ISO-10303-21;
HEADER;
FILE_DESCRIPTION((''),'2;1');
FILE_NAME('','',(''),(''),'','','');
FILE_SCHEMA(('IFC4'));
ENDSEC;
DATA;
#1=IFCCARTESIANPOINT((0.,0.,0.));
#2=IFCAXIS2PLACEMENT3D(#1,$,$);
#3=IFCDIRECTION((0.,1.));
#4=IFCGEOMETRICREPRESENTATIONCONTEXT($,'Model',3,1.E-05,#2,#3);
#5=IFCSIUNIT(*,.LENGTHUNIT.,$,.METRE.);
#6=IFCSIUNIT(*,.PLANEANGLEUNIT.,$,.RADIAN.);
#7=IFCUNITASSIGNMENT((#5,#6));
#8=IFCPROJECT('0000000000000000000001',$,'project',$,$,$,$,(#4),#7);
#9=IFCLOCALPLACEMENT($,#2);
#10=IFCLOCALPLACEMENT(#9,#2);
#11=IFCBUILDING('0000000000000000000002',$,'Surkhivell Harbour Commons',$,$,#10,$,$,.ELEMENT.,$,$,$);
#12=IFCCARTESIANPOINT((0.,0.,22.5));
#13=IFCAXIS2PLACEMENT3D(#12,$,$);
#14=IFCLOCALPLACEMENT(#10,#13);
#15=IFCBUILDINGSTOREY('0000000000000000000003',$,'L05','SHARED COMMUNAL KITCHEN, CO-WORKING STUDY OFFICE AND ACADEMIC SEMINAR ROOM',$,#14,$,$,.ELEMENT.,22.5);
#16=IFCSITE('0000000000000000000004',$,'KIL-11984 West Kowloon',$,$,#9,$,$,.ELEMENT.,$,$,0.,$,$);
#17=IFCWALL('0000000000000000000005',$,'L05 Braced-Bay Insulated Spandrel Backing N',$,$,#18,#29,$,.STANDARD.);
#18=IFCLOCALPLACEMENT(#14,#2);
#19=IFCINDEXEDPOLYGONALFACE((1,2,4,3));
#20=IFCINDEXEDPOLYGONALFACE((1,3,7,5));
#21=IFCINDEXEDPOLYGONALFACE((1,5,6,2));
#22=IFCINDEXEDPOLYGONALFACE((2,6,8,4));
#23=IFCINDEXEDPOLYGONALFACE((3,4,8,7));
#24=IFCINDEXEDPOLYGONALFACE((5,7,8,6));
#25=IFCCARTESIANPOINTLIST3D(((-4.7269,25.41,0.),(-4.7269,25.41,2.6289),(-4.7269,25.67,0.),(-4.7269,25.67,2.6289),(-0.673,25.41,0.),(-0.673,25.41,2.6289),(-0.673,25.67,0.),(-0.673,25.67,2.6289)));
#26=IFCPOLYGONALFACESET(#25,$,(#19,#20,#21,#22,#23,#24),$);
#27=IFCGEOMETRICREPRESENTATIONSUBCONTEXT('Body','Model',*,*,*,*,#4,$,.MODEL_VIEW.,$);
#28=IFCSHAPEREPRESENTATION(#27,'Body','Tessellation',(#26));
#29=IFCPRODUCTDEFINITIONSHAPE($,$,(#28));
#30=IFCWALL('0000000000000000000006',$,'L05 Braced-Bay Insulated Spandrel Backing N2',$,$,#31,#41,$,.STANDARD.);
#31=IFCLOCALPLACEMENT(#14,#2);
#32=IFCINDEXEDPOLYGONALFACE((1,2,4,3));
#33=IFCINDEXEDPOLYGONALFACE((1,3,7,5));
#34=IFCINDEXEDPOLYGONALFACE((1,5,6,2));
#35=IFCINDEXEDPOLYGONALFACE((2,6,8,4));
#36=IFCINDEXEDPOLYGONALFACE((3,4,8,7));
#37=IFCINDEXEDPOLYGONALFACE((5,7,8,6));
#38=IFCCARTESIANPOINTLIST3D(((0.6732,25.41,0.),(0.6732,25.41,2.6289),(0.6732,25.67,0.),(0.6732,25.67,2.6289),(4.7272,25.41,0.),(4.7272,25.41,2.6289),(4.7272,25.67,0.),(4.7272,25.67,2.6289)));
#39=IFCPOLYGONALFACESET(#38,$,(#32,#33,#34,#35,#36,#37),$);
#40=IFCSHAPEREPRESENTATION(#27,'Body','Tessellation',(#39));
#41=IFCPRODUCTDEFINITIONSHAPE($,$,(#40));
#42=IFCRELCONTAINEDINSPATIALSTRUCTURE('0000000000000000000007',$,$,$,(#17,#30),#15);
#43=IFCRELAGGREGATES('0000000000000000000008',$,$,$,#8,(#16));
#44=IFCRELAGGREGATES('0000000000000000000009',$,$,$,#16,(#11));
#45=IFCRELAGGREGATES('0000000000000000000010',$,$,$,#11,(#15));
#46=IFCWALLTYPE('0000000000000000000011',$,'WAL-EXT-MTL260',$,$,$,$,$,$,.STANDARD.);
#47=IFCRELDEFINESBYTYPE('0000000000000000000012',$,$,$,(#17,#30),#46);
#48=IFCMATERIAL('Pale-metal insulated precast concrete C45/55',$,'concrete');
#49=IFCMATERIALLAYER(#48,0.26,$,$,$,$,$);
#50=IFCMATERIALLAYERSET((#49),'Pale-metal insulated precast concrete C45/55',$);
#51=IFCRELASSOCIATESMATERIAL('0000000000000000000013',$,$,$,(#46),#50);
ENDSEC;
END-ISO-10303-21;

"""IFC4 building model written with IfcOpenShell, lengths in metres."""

from ifc_helpers import new_model, si_unit, direction, frame, frame_2d, origin, place, context, subcontext, project, spatial, rectangle, extrude, material, layer, layer_set, type_object, element, save


model = new_model("IFC4")

# Units and contexts
model_context = context("Model", 3, precision=1e-05, world=origin(), true_north=direction((0.0, 1.0)))
body_context = subcontext(model_context, "Body", "Model", "MODEL_VIEW")
ifc_project = project(units=[si_unit("LENGTHUNIT", "METRE"), si_unit("PLANEANGLEUNIT", "RADIAN")], contexts=[model_context])

# Site, building, storey
site_placement = place(None, origin())
site = spatial("IfcSite", under=ifc_project, at=site_placement, Name="KIL-11984 West Kowloon", CompositionType="ELEMENT", RefElevation=0.0)
building_placement = place(site_placement, origin())
building = spatial("IfcBuilding", under=site, at=building_placement, Name="Surkhivell Harbour Commons", CompositionType="ELEMENT")
storey_placement = place(building_placement, frame((0.0, 0.0, 22.5)))
storey = spatial("IfcBuildingStorey", under=building, at=storey_placement, Name="L05", Description="SHARED COMMUNAL KITCHEN, CO-WORKING STUDY OFFICE AND ACADEMIC SEMINAR ROOM", CompositionType="ELEMENT", Elevation=22.5)

# Walls
ifc_material_1 = material(Name="Pale-metal insulated precast concrete C45/55", Category="concrete")
ifc_layer_1 = layer(ifc_material_1, 0.26)
ifc_layer_set_1 = layer_set([ifc_layer_1], Name="Pale-metal insulated precast concrete C45/55")
wall_type = type_object("IfcWallType", Name="WAL-EXT-MTL260", PredefinedType="STANDARD", material=ifc_layer_set_1)
for number, where, z_axis, x_axis, name in (
    (1, (-0.6731, 25.54, 0.0), (0.0, 0.0, 1.0), (-1.0, 0.0, 0.0), "L05 Braced-Bay Insulated Spandrel Backing N"),
    (2, (4.7271, 25.54, 0.0), (0.0, 0.0, 1.0), (-1.0, 0.0, 0.0), "L05 Braced-Bay Insulated Spandrel Backing N2"),
):
    element("IfcWall", number, at=place(storey_placement, frame(where, z_axis=z_axis, x_axis=x_axis)), inside=storey, type_object=wall_type, Name=name, PredefinedType="STANDARD", context=body_context, shape_type="SweptSolid", body=[
        extrude(rectangle(XDim=4.054, YDim=0.26, at=frame_2d((2.0269, 0.0))), origin(), (0.0, 0.0, 1.0), 2.6289),
    ])

save(model, "model.ifc")
